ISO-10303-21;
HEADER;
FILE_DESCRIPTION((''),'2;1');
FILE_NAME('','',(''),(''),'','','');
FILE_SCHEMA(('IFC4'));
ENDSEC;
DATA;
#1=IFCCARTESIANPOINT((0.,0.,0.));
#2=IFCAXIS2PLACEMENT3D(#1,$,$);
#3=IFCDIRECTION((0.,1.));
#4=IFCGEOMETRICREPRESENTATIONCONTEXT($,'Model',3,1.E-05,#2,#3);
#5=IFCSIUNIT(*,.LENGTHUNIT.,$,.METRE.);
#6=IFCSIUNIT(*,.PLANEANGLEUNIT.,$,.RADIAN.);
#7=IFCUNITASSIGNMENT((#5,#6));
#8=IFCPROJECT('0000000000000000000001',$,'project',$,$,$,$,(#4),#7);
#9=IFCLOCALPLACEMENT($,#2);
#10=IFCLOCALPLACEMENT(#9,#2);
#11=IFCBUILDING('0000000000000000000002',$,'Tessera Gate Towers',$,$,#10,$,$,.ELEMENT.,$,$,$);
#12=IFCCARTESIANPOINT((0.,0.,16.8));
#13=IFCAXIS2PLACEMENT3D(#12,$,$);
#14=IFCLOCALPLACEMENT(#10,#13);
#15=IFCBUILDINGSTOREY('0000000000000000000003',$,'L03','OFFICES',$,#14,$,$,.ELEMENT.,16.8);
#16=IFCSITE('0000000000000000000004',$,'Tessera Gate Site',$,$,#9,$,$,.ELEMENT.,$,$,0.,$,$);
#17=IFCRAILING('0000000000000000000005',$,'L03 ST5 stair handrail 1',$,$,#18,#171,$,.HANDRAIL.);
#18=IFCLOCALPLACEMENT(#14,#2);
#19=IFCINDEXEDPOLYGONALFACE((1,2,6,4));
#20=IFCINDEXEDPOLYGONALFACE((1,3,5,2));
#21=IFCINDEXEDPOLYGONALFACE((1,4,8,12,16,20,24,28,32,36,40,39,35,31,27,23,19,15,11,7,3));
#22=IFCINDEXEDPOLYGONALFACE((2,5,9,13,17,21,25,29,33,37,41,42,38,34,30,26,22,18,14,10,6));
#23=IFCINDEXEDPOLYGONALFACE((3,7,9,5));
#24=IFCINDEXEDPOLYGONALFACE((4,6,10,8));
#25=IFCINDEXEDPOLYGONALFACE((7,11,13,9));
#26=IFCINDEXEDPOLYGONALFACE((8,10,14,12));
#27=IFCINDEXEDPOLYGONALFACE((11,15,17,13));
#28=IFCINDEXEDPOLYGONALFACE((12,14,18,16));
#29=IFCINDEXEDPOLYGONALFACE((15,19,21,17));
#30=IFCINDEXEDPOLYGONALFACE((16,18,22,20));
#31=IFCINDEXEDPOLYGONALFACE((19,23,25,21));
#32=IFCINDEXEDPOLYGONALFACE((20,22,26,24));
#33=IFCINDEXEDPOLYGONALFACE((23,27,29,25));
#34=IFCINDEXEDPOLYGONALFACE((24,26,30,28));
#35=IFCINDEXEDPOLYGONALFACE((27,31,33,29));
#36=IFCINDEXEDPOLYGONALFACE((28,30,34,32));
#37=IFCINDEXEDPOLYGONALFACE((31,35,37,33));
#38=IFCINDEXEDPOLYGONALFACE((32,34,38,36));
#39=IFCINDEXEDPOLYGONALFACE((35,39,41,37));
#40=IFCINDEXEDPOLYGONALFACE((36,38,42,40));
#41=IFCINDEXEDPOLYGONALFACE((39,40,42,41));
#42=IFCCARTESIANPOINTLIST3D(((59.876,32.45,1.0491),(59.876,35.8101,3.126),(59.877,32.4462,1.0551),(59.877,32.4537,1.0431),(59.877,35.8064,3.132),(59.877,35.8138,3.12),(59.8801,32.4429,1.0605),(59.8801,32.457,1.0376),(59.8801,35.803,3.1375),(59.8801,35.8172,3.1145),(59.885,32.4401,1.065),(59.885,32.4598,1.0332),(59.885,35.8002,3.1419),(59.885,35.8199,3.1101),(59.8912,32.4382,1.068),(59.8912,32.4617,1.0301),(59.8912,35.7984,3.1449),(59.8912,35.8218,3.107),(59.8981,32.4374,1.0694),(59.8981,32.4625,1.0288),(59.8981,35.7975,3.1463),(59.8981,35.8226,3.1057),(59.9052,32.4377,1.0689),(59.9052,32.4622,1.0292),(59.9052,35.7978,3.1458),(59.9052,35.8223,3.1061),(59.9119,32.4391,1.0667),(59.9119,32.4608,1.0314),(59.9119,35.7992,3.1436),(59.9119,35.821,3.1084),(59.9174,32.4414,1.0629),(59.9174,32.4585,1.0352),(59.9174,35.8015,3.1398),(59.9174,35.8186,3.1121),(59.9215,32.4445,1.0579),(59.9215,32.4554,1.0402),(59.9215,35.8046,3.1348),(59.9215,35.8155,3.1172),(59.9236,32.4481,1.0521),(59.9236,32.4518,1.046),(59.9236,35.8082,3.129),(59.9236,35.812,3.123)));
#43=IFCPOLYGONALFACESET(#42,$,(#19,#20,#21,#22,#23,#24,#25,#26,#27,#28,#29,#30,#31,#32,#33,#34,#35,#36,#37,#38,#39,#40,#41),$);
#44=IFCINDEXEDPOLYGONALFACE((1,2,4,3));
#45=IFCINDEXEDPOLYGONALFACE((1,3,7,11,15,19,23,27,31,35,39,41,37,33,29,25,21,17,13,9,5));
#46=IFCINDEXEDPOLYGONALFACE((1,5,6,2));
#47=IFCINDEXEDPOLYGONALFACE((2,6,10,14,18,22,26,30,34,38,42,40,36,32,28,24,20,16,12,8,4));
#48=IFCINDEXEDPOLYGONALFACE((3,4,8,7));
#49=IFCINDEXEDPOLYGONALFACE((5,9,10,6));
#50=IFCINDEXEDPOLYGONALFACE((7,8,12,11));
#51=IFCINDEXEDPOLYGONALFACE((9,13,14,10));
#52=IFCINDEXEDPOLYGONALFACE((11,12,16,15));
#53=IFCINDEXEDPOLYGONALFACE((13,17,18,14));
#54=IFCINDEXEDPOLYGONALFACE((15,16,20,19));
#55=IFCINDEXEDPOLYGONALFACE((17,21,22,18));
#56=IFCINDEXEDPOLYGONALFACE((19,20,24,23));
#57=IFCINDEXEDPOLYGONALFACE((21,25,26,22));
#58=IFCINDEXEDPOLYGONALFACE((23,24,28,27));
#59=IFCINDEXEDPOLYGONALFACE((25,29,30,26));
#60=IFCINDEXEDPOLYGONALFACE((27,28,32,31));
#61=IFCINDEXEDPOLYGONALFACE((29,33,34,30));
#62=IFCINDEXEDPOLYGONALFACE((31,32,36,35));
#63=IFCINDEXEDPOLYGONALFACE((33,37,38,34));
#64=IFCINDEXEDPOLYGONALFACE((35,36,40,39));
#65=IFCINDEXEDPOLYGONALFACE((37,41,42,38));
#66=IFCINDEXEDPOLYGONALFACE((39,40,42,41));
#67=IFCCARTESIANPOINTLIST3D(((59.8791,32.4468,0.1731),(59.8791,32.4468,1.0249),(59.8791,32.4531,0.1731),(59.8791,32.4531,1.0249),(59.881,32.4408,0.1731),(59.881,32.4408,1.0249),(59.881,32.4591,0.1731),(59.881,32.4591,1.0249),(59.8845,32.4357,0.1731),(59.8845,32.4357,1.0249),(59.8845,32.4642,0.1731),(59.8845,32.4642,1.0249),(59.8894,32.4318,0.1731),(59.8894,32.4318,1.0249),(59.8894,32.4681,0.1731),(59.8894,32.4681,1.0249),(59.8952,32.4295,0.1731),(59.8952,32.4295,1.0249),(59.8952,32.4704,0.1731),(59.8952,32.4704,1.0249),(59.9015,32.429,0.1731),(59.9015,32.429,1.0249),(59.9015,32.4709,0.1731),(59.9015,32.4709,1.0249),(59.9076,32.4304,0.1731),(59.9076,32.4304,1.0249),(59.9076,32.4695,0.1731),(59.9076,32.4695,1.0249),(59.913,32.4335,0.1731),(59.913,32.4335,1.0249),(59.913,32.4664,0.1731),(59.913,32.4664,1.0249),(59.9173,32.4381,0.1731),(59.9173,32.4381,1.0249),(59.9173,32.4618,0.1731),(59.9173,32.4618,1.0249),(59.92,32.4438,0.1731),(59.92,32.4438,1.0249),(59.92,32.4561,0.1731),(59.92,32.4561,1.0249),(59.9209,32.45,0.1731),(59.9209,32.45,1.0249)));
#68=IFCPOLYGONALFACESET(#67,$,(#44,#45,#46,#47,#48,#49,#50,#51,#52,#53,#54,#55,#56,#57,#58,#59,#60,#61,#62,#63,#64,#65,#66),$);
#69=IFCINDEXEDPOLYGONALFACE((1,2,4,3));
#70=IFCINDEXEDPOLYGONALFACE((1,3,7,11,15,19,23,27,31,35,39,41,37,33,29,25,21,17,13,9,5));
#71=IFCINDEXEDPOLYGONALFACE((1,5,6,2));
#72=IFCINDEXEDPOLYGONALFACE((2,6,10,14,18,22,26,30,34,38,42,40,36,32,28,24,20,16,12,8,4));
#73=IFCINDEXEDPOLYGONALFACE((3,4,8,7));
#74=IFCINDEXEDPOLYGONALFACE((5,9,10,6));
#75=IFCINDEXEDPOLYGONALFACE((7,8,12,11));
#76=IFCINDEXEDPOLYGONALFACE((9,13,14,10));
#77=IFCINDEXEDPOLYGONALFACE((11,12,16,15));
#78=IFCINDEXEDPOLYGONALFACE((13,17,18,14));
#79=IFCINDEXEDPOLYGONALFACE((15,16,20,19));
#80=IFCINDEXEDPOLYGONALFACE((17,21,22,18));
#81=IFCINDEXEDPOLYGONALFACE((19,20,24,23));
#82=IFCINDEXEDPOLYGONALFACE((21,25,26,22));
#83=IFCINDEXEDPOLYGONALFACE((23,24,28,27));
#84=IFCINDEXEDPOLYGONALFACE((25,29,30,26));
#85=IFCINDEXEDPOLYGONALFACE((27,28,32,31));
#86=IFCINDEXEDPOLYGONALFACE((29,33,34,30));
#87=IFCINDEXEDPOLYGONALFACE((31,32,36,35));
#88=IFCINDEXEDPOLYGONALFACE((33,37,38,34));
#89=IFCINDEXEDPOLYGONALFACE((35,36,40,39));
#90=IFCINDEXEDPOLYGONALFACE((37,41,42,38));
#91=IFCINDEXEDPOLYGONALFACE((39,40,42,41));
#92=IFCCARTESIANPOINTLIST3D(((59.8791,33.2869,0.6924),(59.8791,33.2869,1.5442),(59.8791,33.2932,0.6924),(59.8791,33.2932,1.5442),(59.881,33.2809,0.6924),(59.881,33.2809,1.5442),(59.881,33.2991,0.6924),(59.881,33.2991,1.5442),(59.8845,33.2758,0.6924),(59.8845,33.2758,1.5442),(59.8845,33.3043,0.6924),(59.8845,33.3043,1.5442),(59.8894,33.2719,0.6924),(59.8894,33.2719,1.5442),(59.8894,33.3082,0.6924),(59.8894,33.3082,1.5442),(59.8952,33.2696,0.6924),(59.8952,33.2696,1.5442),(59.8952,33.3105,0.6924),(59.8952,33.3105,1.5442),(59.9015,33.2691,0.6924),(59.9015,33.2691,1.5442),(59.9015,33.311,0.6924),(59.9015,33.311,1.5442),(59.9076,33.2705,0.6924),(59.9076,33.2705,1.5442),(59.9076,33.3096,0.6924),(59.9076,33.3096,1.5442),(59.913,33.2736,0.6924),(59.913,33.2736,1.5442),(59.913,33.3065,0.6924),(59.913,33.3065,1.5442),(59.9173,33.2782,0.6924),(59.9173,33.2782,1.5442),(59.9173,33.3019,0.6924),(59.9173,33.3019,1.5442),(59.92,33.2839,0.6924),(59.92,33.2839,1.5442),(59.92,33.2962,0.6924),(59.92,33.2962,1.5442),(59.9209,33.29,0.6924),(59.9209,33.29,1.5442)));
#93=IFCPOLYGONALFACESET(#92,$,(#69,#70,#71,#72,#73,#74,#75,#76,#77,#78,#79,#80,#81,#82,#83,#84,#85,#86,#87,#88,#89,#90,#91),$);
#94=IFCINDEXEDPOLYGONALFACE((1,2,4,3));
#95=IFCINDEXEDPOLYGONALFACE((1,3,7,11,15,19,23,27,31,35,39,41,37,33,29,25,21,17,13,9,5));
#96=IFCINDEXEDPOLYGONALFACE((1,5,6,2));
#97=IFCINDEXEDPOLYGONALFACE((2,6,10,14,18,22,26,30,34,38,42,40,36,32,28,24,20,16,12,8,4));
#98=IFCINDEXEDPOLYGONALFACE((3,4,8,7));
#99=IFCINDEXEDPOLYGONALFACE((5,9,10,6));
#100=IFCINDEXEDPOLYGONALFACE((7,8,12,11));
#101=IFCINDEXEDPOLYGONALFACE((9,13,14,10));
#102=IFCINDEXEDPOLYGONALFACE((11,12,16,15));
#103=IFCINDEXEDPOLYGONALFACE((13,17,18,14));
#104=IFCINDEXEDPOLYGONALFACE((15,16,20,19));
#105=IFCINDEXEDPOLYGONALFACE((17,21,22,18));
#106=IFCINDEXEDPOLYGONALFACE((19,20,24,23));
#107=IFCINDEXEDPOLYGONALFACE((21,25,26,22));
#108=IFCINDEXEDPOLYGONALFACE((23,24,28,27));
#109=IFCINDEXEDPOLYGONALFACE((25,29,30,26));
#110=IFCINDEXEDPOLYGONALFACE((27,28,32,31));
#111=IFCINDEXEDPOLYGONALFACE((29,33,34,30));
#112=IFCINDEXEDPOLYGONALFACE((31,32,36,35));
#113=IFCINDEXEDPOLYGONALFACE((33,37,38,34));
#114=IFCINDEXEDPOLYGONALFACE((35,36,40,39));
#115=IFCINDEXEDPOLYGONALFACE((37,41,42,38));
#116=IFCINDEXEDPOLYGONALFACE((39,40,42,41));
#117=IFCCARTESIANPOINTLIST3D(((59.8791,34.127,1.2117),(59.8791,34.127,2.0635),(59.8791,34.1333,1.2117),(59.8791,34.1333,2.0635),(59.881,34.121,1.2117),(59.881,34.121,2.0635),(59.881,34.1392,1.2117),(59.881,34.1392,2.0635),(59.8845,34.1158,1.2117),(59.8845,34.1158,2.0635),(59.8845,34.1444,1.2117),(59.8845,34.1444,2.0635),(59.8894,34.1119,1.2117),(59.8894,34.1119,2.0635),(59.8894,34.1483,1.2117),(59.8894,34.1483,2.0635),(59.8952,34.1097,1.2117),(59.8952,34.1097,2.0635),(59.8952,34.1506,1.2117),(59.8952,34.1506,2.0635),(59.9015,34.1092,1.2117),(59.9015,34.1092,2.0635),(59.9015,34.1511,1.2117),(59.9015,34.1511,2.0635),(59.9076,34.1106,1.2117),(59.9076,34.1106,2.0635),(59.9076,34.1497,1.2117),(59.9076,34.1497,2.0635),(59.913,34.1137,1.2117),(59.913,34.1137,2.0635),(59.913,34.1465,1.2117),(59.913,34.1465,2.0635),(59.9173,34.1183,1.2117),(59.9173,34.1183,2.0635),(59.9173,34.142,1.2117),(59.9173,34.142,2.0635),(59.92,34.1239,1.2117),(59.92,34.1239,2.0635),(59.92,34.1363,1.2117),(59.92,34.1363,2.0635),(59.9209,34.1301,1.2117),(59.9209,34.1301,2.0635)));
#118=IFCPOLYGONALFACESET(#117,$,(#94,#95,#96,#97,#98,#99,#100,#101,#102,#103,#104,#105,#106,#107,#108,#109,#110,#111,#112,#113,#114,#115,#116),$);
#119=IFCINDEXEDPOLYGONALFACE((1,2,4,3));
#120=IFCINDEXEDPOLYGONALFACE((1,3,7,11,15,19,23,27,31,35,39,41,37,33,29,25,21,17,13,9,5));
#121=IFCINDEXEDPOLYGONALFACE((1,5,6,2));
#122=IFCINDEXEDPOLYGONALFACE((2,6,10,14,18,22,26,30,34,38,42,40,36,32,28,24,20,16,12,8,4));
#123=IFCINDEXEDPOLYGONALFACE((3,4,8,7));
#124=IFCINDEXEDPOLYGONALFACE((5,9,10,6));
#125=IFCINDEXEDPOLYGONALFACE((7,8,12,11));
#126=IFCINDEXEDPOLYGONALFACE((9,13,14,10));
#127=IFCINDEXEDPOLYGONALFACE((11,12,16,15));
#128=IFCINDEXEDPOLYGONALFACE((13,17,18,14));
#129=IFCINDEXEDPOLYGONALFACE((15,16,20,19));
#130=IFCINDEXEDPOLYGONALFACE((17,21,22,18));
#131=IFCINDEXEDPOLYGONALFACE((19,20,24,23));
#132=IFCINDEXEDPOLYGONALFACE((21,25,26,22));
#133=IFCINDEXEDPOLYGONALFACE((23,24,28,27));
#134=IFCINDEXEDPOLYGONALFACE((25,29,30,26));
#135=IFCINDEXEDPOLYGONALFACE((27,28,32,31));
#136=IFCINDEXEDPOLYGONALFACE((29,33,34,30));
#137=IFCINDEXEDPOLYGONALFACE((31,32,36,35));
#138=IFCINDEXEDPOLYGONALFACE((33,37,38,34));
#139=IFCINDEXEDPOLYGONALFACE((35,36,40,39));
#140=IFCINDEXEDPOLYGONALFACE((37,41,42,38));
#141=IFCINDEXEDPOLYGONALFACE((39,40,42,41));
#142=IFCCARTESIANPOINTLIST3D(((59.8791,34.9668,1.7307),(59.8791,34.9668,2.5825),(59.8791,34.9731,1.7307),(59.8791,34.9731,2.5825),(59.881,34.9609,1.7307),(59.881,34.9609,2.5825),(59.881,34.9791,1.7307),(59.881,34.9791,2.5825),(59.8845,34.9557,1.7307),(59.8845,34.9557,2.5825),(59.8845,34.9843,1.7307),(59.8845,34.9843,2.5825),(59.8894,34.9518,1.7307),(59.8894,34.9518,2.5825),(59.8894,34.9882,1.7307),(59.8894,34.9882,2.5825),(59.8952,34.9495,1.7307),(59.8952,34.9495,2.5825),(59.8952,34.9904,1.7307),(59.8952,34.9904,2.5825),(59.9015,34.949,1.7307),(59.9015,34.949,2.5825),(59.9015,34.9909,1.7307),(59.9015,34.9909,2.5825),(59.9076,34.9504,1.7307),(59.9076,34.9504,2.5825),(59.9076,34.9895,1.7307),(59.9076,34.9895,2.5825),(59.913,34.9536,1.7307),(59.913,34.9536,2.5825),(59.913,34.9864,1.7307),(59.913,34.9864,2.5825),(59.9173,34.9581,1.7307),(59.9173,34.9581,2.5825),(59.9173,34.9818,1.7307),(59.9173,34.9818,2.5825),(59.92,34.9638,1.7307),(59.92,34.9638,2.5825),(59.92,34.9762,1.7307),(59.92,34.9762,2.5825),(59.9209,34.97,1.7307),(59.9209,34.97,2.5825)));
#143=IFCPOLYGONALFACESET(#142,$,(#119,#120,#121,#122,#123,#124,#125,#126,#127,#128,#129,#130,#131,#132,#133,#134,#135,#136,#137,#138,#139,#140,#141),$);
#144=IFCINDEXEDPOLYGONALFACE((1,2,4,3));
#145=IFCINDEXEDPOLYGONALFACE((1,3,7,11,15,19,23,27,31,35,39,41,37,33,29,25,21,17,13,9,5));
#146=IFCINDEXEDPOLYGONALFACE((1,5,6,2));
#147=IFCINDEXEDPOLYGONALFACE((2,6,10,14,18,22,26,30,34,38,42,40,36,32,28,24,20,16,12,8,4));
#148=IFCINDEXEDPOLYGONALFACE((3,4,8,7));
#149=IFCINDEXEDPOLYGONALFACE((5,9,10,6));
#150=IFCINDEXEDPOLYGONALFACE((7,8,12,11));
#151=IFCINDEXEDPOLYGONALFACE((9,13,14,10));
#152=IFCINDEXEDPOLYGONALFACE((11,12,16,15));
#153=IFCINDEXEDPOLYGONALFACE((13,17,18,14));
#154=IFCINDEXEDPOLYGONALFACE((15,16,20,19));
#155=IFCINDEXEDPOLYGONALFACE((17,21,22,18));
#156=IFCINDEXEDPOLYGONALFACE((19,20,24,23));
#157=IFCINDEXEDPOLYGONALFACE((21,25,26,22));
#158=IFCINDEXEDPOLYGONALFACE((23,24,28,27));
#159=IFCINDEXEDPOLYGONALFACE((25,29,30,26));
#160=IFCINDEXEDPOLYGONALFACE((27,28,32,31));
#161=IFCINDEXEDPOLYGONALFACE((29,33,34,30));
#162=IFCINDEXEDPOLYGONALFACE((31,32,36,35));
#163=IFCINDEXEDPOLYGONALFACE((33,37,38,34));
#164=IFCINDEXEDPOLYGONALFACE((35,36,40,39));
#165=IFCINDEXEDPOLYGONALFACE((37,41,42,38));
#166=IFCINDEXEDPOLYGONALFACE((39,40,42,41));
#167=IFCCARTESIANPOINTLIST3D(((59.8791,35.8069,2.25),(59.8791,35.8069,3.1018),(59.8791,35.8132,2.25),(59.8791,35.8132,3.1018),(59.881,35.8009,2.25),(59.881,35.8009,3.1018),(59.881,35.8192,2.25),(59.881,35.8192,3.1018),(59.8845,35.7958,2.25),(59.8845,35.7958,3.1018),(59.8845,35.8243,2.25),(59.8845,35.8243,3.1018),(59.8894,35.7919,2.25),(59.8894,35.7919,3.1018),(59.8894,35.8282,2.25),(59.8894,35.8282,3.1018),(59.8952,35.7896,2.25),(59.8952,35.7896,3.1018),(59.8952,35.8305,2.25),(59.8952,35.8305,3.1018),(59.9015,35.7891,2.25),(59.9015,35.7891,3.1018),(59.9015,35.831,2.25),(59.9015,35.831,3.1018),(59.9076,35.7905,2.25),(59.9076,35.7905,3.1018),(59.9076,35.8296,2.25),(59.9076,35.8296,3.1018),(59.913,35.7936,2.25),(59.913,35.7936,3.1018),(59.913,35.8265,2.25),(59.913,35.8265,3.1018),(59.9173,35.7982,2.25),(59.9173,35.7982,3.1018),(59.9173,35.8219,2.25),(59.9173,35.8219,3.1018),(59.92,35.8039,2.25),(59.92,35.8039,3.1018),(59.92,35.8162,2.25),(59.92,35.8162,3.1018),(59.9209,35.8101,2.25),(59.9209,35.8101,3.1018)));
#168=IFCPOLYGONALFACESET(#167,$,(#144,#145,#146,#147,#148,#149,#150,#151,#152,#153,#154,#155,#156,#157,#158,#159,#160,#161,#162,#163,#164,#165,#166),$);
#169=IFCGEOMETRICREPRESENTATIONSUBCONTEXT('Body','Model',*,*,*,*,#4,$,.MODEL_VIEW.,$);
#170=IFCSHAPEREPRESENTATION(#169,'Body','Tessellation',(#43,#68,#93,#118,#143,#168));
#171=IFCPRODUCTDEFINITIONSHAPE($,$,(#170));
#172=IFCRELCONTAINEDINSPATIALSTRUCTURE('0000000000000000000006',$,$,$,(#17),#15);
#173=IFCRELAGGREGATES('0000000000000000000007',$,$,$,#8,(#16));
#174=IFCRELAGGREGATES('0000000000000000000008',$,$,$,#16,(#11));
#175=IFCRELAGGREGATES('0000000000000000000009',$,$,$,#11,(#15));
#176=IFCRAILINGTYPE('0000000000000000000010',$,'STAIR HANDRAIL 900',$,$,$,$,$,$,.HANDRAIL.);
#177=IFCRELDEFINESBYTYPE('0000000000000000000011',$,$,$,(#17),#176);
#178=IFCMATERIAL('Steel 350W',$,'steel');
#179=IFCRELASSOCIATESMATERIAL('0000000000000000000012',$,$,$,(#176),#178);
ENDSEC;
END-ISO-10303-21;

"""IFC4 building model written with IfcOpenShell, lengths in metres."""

from ifc_helpers import new_model, si_unit, direction, frame, origin, origin_2d, place, context, subcontext, project, spatial, circle, extrude, material, type_object, element, save


model = new_model("IFC4")

# Units and contexts
model_context = context("Model", 3, precision=1e-05, world=origin(), true_north=direction((0.0, 1.0)))
body_context = subcontext(model_context, "Body", "Model", "MODEL_VIEW")
ifc_project = project(units=[si_unit("LENGTHUNIT", "METRE"), si_unit("PLANEANGLEUNIT", "RADIAN")], contexts=[model_context])

# Site, building, storey
site_placement = place(None, origin())
site = spatial("IfcSite", under=ifc_project, at=site_placement, Name="Tessera Gate Site", CompositionType="ELEMENT", RefElevation=0.0)
building_placement = place(site_placement, origin())
building = spatial("IfcBuilding", under=site, at=building_placement, Name="Tessera Gate Towers", CompositionType="ELEMENT")
storey_placement = place(building_placement, frame((0.0, 0.0, 16.8)))
storey = spatial("IfcBuildingStorey", under=building, at=storey_placement, Name="L03", Description="OFFICES", CompositionType="ELEMENT", Elevation=16.8)

# Railing
ifc_material_1 = material(Name="Steel 350W", Category="steel")
railing_type_1 = type_object("IfcRailingType", Name="STAIR HANDRAIL 900", PredefinedType="HANDRAIL", material=ifc_material_1)
railing_1_placement = place(storey_placement, frame((59.8999, 32.45, 0.1731)))
element("IfcRailing", 1, at=railing_1_placement, inside=storey, type_object=railing_type_1, Name="L03 ST5 stair handrail 1", PredefinedType="HANDRAIL", context=body_context, shape_type="SweptSolid", body=[
    extrude(circle(Radius=0.0239, at=origin_2d()), frame((0.0, 0.0, 0.876), z_axis=(0.0, 0.850623, 0.525776), x_axis=(-1.0, 0.0, 0.0)), (0.0, 0.0, 1.0), 3.9502),
    extrude(circle(Radius=0.021, at=origin_2d()), origin(), (0.0, 0.0, 1.0), 0.8518),
    extrude(circle(Radius=0.021, at=origin_2d()), frame((0.0, 0.8401, 0.5193)), (0.0, 0.0, 1.0), 0.8518),
    extrude(circle(Radius=0.021, at=origin_2d()), frame((0.0, 1.6802, 1.0386)), (0.0, 0.0, 1.0), 0.8518),
    extrude(circle(Radius=0.021, at=origin_2d()), frame((0.0, 2.52, 1.5576)), (0.0, 0.0, 1.0), 0.8518),
    extrude(circle(Radius=0.021, at=origin_2d()), frame((0.0, 3.3601, 2.0769)), (0.0, 0.0, 1.0), 0.8518),
])

save(model, "model.ifc")
